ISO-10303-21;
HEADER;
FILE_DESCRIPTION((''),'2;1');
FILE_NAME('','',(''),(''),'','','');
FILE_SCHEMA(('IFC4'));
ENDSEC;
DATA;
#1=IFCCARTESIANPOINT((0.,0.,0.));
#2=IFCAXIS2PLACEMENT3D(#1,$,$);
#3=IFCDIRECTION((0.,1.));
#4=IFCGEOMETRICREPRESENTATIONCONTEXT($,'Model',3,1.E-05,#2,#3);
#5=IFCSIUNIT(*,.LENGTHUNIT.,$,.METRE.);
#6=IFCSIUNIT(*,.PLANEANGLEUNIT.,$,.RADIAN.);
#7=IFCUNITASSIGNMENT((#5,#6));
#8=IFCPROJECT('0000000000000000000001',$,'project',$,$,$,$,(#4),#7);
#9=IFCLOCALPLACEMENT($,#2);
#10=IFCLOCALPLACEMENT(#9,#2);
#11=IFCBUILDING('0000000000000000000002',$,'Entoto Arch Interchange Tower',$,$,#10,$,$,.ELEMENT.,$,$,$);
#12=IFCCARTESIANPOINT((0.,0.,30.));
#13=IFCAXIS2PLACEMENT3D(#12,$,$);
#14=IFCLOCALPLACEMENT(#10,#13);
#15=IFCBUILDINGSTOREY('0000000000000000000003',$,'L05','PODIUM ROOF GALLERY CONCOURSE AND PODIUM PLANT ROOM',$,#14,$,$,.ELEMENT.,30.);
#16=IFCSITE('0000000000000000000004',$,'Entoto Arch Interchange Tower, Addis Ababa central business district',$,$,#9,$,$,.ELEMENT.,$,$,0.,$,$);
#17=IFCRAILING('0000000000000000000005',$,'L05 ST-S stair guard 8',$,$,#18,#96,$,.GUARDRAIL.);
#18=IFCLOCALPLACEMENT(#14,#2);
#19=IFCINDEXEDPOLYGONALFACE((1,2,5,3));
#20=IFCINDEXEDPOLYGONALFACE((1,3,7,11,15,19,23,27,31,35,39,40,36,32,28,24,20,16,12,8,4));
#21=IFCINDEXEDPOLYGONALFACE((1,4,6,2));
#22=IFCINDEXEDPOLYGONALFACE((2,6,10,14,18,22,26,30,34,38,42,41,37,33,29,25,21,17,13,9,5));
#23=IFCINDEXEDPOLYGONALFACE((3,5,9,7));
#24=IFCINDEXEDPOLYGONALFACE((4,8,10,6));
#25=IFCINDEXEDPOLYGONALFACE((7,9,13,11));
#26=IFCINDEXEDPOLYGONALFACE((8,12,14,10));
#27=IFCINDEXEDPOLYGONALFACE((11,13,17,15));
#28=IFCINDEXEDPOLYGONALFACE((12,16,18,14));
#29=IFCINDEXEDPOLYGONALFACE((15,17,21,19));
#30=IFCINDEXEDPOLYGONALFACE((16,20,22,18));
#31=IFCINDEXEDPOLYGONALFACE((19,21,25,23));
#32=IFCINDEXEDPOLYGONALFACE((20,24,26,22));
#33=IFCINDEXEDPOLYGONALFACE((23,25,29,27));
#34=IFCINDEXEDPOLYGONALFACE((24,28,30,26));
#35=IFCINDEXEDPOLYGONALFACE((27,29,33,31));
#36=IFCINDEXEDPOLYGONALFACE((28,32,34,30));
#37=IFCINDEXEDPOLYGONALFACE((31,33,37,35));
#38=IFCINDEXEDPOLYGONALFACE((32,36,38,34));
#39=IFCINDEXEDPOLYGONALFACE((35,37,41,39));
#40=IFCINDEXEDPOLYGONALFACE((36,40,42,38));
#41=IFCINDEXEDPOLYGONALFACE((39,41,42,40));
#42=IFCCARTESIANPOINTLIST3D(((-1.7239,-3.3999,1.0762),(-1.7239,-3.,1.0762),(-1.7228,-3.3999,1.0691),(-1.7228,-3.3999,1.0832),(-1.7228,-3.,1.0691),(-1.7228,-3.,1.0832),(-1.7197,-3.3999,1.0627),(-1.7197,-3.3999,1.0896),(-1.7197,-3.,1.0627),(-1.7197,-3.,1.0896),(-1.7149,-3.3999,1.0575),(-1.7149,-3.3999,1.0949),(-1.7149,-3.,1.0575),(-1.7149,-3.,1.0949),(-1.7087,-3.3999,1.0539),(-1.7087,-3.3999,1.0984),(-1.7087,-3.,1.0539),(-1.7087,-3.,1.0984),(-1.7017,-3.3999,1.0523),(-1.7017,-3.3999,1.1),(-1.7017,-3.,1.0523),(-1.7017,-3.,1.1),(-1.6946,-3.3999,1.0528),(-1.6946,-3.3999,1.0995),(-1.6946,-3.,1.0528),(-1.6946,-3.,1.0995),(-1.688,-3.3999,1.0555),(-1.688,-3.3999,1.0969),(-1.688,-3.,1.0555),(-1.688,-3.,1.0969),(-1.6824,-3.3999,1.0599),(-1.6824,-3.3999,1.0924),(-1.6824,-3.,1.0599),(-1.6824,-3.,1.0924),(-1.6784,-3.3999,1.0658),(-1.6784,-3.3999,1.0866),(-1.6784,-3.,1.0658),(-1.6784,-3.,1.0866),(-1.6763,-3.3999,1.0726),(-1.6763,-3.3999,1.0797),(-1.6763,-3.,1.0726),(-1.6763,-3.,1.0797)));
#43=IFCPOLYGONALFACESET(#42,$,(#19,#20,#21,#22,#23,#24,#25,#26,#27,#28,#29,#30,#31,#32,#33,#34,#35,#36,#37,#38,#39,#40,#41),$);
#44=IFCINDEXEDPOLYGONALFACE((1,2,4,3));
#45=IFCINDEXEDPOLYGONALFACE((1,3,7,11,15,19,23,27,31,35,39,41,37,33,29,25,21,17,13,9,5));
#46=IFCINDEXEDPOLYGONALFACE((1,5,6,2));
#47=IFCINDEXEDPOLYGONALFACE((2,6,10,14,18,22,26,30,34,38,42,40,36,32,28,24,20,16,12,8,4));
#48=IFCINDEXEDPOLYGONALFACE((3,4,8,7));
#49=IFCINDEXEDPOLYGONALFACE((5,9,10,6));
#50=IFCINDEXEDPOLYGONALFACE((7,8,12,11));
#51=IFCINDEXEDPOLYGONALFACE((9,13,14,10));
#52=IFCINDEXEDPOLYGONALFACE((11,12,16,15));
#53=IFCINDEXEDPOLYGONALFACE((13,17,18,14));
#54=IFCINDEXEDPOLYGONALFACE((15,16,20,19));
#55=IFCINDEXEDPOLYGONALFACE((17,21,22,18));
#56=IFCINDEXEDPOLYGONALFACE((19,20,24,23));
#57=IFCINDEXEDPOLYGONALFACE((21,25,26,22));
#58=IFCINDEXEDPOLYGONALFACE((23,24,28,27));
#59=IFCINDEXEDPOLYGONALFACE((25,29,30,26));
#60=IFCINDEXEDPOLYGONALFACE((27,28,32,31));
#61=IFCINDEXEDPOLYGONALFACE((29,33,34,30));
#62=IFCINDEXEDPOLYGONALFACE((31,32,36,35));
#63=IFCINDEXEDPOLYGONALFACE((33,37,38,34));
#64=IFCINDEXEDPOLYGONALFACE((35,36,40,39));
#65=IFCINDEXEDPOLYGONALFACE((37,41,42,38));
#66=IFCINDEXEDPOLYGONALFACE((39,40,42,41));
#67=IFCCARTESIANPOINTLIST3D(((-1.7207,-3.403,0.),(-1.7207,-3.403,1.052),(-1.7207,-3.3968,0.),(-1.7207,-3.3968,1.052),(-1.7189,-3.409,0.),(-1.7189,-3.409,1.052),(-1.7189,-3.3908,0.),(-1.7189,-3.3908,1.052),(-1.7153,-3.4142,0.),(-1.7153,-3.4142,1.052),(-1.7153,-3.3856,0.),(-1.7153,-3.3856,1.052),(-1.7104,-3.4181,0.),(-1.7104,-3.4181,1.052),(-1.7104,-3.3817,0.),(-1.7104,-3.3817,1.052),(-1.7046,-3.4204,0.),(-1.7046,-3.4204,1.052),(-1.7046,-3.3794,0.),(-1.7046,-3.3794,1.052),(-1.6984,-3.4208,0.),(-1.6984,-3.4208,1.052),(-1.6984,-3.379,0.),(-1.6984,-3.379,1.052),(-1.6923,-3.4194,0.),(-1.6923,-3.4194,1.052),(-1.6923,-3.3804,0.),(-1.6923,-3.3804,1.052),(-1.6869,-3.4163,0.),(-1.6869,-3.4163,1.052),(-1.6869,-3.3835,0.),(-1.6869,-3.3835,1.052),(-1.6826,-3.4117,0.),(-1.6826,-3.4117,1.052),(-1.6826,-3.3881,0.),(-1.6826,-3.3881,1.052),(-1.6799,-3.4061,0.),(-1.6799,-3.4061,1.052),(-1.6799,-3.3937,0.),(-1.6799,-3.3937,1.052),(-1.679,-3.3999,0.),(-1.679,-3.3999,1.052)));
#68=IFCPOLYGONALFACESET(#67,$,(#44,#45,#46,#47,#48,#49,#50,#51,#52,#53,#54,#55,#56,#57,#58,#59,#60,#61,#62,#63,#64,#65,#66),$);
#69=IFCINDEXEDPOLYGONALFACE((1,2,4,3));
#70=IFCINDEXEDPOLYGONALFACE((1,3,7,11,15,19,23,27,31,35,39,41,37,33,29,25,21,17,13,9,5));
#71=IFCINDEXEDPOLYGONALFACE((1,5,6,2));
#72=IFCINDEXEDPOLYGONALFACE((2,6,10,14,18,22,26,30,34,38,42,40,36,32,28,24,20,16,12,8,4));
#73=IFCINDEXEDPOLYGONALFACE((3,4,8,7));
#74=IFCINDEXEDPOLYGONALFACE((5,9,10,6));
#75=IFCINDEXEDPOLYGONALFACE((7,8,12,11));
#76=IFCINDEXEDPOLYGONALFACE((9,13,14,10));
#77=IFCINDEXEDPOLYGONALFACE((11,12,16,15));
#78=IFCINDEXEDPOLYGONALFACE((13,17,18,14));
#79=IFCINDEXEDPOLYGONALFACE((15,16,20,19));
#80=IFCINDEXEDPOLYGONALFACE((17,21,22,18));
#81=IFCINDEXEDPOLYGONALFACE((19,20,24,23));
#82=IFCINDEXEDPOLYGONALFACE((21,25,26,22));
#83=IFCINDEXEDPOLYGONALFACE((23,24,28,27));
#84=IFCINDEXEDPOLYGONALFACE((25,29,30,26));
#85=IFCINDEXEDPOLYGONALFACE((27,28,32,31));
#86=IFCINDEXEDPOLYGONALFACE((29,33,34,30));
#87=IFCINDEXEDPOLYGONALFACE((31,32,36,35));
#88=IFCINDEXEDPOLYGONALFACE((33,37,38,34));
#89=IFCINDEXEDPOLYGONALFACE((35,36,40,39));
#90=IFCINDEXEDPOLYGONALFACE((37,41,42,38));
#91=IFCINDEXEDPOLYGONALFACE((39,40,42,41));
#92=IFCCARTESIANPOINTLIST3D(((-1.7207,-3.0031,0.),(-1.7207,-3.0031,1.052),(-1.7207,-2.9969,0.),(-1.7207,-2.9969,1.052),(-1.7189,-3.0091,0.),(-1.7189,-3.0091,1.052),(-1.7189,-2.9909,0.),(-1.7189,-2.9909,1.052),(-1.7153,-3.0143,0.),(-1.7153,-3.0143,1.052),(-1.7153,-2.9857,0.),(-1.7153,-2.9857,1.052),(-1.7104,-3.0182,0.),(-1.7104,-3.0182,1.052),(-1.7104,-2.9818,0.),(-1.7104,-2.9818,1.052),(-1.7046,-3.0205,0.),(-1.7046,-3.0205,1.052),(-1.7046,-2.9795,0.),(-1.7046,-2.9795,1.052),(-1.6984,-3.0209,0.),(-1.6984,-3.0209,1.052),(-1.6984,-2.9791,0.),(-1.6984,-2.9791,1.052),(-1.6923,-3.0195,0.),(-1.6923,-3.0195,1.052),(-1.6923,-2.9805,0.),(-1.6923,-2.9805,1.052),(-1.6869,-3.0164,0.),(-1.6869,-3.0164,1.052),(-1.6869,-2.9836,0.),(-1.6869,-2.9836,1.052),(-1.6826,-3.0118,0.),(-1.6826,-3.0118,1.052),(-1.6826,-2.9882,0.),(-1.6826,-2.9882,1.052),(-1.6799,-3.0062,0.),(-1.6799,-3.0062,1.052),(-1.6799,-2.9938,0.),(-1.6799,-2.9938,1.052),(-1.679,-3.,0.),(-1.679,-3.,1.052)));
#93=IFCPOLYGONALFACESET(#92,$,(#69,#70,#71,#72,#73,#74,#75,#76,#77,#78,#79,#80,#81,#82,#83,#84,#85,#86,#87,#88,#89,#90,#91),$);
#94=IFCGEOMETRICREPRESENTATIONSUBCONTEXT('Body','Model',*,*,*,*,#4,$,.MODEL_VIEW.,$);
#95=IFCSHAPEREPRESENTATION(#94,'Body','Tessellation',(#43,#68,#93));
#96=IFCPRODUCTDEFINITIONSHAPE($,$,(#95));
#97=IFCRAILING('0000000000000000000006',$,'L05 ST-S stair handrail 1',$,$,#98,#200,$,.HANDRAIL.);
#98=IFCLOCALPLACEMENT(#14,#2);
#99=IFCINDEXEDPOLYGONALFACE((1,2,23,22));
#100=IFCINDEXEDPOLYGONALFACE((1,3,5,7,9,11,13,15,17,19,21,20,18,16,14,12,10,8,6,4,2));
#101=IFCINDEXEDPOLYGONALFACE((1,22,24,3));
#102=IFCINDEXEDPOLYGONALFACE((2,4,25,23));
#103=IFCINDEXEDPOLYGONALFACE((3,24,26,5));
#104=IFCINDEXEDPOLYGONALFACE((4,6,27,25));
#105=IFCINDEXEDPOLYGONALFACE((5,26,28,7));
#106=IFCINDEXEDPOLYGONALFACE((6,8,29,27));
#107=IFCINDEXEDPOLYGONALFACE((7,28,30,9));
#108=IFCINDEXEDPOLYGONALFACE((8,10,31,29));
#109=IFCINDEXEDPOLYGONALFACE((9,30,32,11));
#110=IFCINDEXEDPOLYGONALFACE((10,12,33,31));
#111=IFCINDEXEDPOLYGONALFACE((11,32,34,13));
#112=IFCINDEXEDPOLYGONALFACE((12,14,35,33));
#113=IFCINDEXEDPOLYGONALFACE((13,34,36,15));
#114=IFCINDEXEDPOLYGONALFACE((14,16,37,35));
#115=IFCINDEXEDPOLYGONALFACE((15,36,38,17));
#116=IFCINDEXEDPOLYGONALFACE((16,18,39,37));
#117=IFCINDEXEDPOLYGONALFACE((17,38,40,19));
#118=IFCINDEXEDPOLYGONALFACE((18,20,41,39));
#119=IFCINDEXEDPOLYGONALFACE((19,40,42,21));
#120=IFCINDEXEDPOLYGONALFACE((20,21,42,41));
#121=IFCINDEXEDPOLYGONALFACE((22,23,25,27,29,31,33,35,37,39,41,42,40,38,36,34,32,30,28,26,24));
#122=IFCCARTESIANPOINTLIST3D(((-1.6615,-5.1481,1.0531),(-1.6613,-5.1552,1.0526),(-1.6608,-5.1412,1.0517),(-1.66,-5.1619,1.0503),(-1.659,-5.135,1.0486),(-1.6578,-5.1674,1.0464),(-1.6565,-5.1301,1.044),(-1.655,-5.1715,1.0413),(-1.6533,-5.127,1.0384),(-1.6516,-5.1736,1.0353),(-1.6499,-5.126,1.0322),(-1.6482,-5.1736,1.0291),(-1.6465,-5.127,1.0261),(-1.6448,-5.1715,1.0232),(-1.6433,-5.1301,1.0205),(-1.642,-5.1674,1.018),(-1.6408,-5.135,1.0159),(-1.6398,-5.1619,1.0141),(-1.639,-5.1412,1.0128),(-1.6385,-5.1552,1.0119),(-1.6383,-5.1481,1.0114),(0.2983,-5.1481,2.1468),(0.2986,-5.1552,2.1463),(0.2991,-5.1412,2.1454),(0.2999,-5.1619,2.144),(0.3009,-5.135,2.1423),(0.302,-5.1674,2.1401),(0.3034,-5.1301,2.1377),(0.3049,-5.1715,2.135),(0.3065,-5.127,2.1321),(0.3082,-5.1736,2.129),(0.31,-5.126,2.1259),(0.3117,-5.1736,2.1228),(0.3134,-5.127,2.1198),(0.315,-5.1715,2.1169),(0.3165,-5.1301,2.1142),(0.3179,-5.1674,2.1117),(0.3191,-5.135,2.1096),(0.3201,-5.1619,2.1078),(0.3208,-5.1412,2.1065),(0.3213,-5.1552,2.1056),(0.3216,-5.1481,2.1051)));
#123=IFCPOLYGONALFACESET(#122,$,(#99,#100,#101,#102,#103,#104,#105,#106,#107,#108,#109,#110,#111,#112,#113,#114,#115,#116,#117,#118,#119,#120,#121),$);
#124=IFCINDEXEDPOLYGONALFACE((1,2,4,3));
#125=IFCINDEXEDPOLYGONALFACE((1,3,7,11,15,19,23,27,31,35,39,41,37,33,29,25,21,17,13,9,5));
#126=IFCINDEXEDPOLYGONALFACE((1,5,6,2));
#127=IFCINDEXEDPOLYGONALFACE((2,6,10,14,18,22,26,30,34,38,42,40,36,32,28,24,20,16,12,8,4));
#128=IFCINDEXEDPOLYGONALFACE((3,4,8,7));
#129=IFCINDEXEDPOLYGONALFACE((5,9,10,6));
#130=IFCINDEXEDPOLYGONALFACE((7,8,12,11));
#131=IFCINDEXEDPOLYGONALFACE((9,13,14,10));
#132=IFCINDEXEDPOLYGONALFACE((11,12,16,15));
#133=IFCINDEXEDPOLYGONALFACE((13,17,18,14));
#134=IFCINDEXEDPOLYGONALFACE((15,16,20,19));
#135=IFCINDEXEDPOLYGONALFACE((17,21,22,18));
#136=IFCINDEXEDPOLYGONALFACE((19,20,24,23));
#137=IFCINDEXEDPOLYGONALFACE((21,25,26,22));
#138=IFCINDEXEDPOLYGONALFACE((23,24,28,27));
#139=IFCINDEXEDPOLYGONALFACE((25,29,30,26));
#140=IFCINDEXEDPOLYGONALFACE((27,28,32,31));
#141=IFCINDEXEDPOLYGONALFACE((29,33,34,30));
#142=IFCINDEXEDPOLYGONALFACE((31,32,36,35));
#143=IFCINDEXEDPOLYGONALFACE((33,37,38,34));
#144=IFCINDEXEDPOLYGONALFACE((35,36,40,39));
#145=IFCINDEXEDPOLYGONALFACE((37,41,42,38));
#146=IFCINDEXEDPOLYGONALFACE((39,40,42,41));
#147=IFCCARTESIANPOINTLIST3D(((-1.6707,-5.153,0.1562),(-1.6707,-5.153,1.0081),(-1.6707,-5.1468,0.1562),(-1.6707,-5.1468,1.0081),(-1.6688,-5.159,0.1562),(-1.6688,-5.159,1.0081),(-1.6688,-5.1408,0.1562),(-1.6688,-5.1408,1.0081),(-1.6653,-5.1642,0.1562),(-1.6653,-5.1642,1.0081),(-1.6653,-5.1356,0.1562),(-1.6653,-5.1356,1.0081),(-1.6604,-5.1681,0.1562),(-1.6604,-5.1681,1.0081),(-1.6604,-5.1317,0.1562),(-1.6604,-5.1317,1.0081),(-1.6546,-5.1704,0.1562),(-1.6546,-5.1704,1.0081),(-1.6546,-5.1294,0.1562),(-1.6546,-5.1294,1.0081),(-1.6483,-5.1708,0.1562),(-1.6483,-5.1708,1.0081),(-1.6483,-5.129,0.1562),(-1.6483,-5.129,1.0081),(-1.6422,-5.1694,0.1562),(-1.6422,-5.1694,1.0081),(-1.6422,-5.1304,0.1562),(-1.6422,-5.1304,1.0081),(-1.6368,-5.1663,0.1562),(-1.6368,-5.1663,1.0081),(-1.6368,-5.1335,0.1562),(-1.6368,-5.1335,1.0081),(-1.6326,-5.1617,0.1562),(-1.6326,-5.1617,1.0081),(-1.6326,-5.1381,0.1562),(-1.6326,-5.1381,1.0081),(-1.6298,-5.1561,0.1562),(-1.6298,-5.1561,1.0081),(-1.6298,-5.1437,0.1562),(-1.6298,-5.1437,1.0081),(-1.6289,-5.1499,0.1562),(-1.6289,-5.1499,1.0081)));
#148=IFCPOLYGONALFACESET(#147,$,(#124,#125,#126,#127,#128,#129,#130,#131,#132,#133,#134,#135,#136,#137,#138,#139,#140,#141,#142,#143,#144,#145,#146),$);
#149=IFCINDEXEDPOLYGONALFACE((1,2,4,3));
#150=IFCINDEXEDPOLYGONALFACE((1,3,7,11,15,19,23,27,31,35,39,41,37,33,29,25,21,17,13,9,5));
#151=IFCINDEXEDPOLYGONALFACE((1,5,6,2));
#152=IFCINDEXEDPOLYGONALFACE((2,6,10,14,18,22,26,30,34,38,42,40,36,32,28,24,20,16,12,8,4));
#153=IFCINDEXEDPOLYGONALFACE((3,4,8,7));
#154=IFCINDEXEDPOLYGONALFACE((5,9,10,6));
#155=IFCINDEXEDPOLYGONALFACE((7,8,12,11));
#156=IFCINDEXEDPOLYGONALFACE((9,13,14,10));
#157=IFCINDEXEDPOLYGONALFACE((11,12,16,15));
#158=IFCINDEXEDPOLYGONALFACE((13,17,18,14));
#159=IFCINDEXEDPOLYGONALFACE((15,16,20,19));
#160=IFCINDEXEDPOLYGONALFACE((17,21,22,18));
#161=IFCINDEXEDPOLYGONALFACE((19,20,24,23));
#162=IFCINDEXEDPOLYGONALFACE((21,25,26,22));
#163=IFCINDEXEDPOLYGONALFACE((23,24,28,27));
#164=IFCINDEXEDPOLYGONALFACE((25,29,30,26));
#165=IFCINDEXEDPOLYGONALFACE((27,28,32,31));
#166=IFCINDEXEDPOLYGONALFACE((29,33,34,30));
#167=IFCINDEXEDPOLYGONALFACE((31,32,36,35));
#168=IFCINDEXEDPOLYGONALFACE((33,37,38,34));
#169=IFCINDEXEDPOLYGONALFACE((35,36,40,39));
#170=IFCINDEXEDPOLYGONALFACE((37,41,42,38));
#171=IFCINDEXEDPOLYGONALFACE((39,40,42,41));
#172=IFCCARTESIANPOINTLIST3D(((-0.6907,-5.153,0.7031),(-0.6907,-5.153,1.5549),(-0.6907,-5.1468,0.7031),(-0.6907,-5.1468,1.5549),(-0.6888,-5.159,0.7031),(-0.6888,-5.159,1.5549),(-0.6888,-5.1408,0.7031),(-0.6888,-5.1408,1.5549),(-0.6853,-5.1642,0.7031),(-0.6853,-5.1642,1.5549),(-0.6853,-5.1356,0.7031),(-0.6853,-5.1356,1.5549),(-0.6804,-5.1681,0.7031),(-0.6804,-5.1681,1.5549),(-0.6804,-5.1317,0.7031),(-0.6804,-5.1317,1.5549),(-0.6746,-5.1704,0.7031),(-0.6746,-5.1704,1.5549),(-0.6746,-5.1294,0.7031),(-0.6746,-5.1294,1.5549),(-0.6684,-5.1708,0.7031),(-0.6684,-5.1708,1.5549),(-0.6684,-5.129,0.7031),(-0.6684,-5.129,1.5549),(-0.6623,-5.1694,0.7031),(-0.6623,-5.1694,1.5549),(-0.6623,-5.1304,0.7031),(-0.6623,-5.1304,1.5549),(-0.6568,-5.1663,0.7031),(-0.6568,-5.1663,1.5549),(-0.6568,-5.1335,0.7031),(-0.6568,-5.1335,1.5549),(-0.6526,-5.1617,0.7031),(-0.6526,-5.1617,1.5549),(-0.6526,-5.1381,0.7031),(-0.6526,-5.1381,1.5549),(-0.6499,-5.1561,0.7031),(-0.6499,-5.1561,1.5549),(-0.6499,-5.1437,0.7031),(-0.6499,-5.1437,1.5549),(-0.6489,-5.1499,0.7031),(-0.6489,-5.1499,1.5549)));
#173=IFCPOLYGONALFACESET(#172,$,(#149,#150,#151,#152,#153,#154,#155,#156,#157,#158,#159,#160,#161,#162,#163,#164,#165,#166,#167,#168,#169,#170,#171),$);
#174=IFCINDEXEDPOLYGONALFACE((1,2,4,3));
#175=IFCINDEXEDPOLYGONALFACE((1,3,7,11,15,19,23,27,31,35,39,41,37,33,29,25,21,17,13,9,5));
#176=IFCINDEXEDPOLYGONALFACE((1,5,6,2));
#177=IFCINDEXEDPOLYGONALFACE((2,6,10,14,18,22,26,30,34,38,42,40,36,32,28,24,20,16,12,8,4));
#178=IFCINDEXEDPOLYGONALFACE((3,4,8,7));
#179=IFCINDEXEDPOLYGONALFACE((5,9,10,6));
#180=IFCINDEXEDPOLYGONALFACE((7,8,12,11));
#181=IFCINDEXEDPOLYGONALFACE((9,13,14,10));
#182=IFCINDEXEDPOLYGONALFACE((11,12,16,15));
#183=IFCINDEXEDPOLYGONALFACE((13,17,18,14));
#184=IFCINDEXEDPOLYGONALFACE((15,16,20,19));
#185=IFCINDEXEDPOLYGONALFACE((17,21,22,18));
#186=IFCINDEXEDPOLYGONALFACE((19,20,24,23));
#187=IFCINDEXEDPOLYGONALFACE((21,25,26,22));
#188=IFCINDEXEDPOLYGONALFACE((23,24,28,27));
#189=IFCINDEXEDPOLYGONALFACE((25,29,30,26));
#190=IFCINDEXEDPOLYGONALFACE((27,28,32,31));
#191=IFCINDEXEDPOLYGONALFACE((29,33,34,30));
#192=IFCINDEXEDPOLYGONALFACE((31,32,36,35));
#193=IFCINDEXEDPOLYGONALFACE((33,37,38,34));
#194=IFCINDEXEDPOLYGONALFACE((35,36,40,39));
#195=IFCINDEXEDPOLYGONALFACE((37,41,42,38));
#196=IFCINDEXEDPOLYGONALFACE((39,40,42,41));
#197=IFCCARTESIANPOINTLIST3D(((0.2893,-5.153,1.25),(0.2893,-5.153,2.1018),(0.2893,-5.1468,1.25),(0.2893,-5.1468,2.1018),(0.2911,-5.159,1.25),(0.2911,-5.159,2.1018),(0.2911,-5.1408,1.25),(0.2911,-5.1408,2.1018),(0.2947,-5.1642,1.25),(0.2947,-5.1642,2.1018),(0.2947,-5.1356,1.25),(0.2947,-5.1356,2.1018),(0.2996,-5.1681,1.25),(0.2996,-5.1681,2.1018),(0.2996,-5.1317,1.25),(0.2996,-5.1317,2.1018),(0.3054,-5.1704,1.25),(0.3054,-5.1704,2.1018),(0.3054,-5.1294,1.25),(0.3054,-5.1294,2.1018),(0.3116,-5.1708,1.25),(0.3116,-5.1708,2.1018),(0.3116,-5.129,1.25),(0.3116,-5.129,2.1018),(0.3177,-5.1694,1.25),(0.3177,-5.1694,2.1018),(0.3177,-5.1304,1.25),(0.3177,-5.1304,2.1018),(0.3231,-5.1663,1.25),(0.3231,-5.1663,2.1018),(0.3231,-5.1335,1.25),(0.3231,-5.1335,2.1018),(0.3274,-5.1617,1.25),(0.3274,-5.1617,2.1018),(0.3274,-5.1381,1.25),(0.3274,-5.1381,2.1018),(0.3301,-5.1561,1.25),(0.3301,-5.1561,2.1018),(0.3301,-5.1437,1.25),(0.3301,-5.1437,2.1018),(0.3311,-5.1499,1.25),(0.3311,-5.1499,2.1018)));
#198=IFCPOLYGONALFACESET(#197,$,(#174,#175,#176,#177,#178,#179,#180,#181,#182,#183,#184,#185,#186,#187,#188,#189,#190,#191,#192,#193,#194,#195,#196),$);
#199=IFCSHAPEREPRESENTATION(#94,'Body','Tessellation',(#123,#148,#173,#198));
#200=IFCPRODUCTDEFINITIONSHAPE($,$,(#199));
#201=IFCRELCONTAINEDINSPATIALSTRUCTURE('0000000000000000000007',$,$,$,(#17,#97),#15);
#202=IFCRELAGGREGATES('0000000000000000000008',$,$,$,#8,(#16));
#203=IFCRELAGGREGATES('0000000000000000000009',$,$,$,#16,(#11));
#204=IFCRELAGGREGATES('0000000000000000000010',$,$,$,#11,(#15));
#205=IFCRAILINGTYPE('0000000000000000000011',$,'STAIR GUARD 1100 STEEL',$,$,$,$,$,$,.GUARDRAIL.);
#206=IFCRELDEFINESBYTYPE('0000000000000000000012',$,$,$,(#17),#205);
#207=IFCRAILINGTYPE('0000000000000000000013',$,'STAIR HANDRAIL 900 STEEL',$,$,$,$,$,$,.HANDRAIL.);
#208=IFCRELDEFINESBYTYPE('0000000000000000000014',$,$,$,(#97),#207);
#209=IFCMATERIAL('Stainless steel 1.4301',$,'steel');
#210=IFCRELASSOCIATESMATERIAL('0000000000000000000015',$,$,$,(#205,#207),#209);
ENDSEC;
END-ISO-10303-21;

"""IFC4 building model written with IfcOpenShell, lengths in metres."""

from ifc_helpers import new_model, si_unit, direction, frame, origin, origin_2d, place, context, subcontext, project, spatial, circle, extrude, material, type_object, element, save


model = new_model("IFC4")

# Units and contexts
model_context = context("Model", 3, precision=1e-05, world=origin(), true_north=direction((0.0, 1.0)))
body_context = subcontext(model_context, "Body", "Model", "MODEL_VIEW")
ifc_project = project(units=[si_unit("LENGTHUNIT", "METRE"), si_unit("PLANEANGLEUNIT", "RADIAN")], contexts=[model_context])

# Site, building, storey
site_placement = place(None, origin())
site = spatial("IfcSite", under=ifc_project, at=site_placement, Name="Entoto Arch Interchange Tower, Addis Ababa central business district", CompositionType="ELEMENT", RefElevation=0.0)
building_placement = place(site_placement, origin())
building = spatial("IfcBuilding", under=site, at=building_placement, Name="Entoto Arch Interchange Tower", CompositionType="ELEMENT")
storey_placement = place(building_placement, frame((0.0, 0.0, 30.0)))
storey = spatial("IfcBuildingStorey", under=building, at=storey_placement, Name="L05", Description="PODIUM ROOF GALLERY CONCOURSE AND PODIUM PLANT ROOM", CompositionType="ELEMENT", Elevation=30.0)

# Railings
ifc_material_1 = material(Name="Stainless steel 1.4301", Category="steel")
railing_type_1 = type_object("IfcRailingType", Name="STAIR GUARD 1100 STEEL", PredefinedType="GUARDRAIL", material=ifc_material_1)
railing_1_placement = place(storey_placement, frame((-1.7, -3.3999, 0.0)))
element("IfcRailing", 1, at=railing_1_placement, inside=storey, type_object=railing_type_1, Name="L05 ST-S stair guard 8", PredefinedType="GUARDRAIL", context=body_context, shape_type="SweptSolid", body=[
    extrude(circle(Radius=0.0239, at=origin_2d()), frame((0.0, 0.0, 1.0762), z_axis=(0.0, 1.0, 0.0), x_axis=(-1.0, 0.0, 0.0)), (0.0, 0.0, 1.0), 0.3999),
    extrude(circle(Radius=0.021, at=origin_2d()), origin(), (0.0, 0.0, 1.0), 1.052),
    extrude(circle(Radius=0.021, at=origin_2d()), frame((0.0, 0.3999, 0.0)), (0.0, 0.0, 1.0), 1.052),
])
railing_type_2 = type_object("IfcRailingType", Name="STAIR HANDRAIL 900 STEEL", PredefinedType="HANDRAIL", material=ifc_material_1)
for number, where, name in (
    (2, (-1.6499, -5.1499, 0.1562), "L05 ST-S stair handrail 1"),
):
    element("IfcRailing", number, at=place(storey_placement, frame(where)), inside=storey, type_object=railing_type_2, Name=name, PredefinedType="HANDRAIL", context=body_context, shape_type="SweptSolid", body=[
        extrude(circle(Radius=0.0239, at=origin_2d()), frame((0.0, 0.0, 0.876), z_axis=(0.873232, 0.0, 0.487304), x_axis=(0.0, 1.0, 0.0)), (0.0, 0.0, 1.0), 2.2444),
        extrude(circle(Radius=0.021, at=origin_2d()), origin(), (0.0, 0.0, 1.0), 0.8518),
        extrude(circle(Radius=0.021, at=origin_2d()), frame((0.98, 0.0, 0.5469)), (0.0, 0.0, 1.0), 0.8518),
        extrude(circle(Radius=0.021, at=origin_2d()), frame((1.96, 0.0, 1.0938)), (0.0, 0.0, 1.0), 0.8518),
    ])

save(model, "model.ifc")
